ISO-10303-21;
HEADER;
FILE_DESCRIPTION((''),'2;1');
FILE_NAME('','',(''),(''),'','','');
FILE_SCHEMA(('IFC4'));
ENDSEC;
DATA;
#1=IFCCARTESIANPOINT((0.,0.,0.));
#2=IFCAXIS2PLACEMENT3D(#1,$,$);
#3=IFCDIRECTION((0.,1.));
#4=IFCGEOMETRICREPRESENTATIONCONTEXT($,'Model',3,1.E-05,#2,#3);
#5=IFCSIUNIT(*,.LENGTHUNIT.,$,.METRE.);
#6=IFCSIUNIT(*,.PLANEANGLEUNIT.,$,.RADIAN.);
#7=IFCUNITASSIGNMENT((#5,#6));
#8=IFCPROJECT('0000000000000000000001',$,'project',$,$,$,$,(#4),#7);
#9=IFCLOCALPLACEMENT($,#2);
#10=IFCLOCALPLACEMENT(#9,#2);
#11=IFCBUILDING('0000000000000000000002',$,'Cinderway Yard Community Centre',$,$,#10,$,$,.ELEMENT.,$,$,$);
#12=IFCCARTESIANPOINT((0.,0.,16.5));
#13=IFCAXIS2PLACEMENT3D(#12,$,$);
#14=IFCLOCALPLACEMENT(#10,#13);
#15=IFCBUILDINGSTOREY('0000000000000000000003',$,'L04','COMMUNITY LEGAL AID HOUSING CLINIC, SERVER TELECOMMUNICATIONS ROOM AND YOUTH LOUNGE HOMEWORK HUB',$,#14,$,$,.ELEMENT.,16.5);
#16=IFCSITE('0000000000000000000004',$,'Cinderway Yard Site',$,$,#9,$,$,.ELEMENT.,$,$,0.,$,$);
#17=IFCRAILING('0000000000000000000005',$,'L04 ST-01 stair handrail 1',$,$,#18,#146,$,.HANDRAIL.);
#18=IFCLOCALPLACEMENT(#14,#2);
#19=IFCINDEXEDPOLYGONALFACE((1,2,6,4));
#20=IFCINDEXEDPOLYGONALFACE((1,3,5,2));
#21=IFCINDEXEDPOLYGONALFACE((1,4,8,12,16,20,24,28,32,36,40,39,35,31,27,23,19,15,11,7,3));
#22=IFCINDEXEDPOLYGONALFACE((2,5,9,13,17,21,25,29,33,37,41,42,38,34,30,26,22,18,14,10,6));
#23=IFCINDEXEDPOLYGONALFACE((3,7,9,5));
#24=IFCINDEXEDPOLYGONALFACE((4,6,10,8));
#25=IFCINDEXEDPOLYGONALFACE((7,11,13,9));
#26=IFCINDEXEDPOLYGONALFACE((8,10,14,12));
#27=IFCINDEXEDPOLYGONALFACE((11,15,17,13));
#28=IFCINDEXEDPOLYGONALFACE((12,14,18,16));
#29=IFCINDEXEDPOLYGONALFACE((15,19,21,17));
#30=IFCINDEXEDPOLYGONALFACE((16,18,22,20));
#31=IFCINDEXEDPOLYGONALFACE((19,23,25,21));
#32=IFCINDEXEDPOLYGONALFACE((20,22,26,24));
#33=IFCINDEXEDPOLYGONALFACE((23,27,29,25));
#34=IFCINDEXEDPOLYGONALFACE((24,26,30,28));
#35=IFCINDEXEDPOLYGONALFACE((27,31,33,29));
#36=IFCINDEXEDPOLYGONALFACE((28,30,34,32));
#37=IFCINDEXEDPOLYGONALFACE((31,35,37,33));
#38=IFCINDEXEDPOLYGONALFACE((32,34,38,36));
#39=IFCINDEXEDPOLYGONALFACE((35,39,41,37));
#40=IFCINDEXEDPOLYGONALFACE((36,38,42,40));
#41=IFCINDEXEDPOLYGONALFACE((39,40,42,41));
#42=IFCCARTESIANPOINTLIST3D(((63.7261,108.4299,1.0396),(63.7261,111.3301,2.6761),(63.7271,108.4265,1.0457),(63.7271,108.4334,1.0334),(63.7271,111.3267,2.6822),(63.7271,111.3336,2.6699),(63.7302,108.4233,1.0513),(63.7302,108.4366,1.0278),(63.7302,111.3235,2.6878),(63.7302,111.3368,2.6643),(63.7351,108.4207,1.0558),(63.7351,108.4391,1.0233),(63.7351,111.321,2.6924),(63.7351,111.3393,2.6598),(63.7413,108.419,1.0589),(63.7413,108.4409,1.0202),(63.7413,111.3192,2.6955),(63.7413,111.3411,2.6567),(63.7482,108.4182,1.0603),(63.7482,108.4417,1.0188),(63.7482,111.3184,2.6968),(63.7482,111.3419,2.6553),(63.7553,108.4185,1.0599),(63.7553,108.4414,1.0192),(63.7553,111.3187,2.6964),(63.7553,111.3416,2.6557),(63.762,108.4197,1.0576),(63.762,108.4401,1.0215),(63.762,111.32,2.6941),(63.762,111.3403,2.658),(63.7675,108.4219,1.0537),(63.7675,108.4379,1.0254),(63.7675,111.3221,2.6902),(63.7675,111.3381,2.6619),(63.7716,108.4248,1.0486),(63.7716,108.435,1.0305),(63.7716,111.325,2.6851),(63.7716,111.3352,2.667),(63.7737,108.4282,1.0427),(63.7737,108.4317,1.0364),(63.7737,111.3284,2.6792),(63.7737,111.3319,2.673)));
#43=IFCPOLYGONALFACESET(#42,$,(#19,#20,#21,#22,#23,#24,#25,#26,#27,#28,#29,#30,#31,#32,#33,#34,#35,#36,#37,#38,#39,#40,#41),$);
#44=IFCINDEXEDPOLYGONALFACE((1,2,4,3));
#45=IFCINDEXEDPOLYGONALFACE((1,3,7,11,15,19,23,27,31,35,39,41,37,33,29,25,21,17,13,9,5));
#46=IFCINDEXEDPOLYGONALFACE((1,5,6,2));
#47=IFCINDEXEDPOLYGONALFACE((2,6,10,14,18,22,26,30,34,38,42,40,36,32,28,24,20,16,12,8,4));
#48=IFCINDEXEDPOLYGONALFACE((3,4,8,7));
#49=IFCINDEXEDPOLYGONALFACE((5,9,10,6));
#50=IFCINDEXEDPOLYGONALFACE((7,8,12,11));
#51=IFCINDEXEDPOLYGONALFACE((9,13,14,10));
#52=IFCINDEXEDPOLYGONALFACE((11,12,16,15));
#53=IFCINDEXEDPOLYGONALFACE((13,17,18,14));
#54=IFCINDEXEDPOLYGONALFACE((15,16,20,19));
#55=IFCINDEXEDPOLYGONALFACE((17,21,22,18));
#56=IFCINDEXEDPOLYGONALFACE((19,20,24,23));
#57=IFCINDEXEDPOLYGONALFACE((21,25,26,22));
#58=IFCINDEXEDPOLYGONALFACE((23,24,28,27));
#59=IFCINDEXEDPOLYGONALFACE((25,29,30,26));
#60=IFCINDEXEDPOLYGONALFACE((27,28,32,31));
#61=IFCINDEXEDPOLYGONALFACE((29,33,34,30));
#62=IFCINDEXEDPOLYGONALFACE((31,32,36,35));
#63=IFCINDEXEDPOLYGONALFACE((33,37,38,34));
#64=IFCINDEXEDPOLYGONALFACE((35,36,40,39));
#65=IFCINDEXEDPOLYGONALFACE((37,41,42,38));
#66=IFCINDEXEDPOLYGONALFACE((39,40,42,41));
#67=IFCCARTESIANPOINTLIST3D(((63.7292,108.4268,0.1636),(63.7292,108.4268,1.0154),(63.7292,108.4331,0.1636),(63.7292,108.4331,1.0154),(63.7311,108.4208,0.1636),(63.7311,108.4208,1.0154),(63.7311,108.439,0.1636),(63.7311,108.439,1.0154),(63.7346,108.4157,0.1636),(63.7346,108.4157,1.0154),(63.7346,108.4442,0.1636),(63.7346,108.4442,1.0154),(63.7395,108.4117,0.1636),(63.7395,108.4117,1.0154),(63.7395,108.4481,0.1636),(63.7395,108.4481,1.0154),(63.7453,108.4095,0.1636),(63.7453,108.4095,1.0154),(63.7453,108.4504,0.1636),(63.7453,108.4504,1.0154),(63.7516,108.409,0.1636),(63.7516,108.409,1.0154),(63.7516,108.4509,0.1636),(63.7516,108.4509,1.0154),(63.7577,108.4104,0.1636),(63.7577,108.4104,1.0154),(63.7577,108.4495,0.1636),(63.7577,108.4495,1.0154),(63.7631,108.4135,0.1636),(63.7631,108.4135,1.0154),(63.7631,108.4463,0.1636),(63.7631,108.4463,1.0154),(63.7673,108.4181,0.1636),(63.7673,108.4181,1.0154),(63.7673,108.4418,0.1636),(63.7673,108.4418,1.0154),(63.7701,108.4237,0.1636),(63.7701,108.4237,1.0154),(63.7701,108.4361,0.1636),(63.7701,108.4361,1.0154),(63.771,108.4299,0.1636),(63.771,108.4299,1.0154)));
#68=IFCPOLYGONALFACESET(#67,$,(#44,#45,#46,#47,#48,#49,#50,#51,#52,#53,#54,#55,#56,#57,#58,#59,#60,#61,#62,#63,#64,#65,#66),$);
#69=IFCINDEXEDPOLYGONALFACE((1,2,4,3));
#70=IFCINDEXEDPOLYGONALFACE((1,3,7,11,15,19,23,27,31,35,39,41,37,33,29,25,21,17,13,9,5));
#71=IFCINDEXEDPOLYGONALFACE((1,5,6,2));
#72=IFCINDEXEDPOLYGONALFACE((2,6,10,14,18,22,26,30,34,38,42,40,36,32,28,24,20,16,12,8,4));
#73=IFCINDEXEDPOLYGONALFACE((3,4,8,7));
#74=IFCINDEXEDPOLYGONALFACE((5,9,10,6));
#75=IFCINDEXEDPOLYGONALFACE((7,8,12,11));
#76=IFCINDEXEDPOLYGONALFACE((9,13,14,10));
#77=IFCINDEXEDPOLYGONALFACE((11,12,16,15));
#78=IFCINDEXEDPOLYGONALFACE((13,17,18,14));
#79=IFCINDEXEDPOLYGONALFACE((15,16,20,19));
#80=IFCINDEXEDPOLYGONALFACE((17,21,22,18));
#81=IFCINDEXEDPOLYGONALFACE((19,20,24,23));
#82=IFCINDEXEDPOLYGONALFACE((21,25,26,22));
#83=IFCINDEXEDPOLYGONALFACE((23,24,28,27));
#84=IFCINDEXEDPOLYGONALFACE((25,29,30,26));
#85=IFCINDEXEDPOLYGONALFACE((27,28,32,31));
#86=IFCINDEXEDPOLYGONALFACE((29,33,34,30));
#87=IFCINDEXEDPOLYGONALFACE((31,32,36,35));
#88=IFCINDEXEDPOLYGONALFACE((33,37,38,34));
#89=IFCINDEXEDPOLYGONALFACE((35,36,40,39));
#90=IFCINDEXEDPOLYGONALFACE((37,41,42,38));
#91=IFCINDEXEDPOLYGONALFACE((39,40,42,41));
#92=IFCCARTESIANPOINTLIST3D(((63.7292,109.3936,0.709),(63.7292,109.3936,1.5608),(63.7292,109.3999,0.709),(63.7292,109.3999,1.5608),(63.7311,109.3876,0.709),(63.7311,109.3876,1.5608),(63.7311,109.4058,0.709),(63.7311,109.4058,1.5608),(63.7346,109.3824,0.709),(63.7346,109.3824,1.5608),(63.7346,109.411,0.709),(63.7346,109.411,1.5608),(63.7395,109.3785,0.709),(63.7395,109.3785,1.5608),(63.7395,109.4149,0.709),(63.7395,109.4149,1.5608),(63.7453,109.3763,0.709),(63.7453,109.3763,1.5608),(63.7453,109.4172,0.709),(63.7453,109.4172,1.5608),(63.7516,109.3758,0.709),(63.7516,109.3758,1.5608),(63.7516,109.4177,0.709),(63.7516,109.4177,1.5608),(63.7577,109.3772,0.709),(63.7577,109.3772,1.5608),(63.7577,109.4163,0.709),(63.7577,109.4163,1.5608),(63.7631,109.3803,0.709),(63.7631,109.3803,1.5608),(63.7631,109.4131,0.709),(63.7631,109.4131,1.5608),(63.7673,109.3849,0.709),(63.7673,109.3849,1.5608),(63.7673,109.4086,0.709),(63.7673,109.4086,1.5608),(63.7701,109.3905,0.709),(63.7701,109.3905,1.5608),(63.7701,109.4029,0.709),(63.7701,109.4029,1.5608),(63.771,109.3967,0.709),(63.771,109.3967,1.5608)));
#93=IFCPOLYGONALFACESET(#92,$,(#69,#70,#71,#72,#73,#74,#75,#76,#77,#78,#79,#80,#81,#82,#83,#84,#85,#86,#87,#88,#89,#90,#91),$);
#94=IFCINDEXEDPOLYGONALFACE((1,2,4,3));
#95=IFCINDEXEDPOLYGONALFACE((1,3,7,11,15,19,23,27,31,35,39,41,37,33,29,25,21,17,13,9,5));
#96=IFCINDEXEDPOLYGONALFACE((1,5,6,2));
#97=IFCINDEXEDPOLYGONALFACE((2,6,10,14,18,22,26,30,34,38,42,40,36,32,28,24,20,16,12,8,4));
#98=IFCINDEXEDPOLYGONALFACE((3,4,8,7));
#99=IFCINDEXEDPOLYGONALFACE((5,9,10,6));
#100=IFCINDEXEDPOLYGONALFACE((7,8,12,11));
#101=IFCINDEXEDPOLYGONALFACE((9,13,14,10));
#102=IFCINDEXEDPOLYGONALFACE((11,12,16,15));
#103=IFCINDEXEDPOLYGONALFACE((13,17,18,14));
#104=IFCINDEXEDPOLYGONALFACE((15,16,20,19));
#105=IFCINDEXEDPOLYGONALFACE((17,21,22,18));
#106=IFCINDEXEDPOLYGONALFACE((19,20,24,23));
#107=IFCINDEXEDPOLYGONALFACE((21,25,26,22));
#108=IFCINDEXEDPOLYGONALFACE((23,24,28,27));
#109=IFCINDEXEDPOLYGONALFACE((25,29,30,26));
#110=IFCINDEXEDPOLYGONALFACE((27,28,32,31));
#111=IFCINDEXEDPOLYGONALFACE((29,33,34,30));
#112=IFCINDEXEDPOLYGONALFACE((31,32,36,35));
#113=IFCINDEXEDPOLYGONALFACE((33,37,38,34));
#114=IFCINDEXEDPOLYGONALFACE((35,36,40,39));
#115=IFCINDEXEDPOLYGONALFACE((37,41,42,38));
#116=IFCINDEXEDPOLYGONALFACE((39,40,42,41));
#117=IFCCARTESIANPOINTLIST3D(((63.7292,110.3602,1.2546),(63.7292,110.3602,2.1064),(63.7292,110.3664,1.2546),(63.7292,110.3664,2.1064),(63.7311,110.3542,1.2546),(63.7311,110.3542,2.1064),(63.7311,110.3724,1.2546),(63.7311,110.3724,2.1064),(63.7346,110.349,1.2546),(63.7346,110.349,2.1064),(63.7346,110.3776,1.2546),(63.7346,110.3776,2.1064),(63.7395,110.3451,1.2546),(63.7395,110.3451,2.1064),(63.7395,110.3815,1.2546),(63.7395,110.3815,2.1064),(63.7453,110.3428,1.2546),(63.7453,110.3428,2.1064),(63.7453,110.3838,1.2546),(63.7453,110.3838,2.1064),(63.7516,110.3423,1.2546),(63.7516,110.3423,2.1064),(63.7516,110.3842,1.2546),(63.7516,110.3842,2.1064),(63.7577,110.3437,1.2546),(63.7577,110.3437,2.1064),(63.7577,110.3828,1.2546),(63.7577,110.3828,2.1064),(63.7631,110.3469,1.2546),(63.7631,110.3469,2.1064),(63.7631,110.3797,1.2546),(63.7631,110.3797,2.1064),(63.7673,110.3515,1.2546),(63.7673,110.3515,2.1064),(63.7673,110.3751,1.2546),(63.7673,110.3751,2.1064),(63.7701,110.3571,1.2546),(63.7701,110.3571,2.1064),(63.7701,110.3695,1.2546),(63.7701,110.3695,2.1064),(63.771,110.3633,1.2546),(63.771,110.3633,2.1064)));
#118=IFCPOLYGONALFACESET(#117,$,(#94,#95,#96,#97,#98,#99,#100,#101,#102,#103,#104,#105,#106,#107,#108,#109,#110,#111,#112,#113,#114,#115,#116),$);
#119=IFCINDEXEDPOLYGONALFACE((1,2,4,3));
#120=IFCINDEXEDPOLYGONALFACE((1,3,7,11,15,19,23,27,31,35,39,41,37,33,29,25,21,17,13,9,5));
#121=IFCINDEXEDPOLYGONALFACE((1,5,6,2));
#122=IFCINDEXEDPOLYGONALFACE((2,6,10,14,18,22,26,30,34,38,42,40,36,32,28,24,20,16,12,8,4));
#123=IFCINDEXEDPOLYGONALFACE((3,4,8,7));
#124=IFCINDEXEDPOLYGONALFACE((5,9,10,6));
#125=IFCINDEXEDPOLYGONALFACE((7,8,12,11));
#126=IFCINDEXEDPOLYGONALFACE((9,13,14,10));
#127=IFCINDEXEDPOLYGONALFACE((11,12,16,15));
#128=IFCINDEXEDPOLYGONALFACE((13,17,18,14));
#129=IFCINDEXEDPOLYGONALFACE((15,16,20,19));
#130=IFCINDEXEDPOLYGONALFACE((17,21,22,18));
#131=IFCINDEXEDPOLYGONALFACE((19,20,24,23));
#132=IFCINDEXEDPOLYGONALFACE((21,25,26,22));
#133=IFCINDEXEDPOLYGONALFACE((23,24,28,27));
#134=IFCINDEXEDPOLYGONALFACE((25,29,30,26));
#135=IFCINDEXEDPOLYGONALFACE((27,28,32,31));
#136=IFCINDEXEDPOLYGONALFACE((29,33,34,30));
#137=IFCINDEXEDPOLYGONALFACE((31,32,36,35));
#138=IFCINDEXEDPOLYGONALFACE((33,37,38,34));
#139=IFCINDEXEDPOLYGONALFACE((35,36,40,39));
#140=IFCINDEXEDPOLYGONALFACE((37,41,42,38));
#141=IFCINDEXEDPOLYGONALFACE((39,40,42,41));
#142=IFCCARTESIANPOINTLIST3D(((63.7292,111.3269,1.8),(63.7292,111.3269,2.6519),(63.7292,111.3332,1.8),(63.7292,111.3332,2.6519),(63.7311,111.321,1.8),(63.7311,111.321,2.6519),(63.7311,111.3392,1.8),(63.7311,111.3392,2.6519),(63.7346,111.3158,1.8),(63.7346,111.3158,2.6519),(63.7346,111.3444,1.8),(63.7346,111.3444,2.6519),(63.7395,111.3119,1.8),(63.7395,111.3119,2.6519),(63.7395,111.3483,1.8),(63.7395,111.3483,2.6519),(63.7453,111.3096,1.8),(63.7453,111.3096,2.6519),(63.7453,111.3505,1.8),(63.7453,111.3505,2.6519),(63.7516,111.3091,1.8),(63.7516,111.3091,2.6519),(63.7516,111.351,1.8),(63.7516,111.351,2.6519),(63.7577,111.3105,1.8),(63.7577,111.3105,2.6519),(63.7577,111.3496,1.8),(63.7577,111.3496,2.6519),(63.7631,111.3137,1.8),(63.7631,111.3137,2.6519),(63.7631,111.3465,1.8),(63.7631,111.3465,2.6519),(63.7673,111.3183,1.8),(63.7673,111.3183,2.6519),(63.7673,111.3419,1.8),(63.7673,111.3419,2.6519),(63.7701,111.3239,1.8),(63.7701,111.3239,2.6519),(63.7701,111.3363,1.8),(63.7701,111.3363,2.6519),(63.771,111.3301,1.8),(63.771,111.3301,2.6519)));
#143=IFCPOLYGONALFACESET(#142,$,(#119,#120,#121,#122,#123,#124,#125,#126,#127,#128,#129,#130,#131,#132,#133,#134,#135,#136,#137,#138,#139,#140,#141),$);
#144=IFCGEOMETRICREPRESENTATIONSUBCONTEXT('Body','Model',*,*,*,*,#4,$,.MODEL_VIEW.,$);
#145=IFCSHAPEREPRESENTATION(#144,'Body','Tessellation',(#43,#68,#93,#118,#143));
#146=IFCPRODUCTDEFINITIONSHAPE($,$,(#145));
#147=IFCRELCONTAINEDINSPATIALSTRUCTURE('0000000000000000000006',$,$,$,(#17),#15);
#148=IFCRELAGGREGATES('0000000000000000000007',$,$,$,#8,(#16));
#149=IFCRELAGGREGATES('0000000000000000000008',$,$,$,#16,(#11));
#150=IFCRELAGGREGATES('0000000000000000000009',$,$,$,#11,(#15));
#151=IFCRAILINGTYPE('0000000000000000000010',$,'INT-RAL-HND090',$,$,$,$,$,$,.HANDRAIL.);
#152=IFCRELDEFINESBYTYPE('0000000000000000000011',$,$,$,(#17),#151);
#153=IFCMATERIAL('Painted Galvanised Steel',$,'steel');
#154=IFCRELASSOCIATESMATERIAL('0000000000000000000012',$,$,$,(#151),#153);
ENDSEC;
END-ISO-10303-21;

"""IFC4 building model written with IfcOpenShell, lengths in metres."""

from ifc_helpers import new_model, si_unit, direction, frame, origin, origin_2d, place, context, subcontext, project, spatial, circle, extrude, material, type_object, element, save


model = new_model("IFC4")

# Units and contexts
model_context = context("Model", 3, precision=1e-05, world=origin(), true_north=direction((0.0, 1.0)))
body_context = subcontext(model_context, "Body", "Model", "MODEL_VIEW")
ifc_project = project(units=[si_unit("LENGTHUNIT", "METRE"), si_unit("PLANEANGLEUNIT", "RADIAN")], contexts=[model_context])

# Site, building, storey
site_placement = place(None, origin())
site = spatial("IfcSite", under=ifc_project, at=site_placement, Name="Cinderway Yard Site", CompositionType="ELEMENT", RefElevation=0.0)
building_placement = place(site_placement, origin())
building = spatial("IfcBuilding", under=site, at=building_placement, Name="Cinderway Yard Community Centre", CompositionType="ELEMENT")
storey_placement = place(building_placement, frame((0.0, 0.0, 16.5)))
storey = spatial("IfcBuildingStorey", under=building, at=storey_placement, Name="L04", Description="COMMUNITY LEGAL AID HOUSING CLINIC, SERVER TELECOMMUNICATIONS ROOM AND YOUTH LOUNGE HOMEWORK HUB", CompositionType="ELEMENT", Elevation=16.5)

# Shared definitions
ifc_material_1 = material(Name="Painted Galvanised Steel", Category="steel")

# Railing
railing_type_1 = type_object("IfcRailingType", Name="INT-RAL-HND090", PredefinedType="HANDRAIL", material=ifc_material_1)
railing_1_placement = place(storey_placement, frame((63.75, 108.4299, 0.1636)))
element("IfcRailing", 1, at=railing_1_placement, inside=storey, type_object=railing_type_1, Name="L04 ST-01 stair handrail 1", PredefinedType="HANDRAIL", context=body_context, shape_type="SweptSolid", body=[
    extrude(circle(Radius=0.0239, at=origin_2d()), frame((0.0, 0.0, 0.876), z_axis=(0.0, 0.870915, 0.491434), x_axis=(-1.0, 0.0, 0.0)), (0.0, 0.0, 1.0), 3.3301),
    extrude(circle(Radius=0.021, at=origin_2d()), origin(), (0.0, 0.0, 1.0), 0.8518),
    extrude(circle(Radius=0.021, at=origin_2d()), frame((0.0, 0.9668, 0.5454)), (0.0, 0.0, 1.0), 0.8518),
    extrude(circle(Radius=0.021, at=origin_2d()), frame((0.0, 1.9333, 1.0911)), (0.0, 0.0, 1.0), 0.8518),
    extrude(circle(Radius=0.021, at=origin_2d()), frame((0.0, 2.9001, 1.6365)), (0.0, 0.0, 1.0), 0.8518),
])

save(model, "model.ifc")
